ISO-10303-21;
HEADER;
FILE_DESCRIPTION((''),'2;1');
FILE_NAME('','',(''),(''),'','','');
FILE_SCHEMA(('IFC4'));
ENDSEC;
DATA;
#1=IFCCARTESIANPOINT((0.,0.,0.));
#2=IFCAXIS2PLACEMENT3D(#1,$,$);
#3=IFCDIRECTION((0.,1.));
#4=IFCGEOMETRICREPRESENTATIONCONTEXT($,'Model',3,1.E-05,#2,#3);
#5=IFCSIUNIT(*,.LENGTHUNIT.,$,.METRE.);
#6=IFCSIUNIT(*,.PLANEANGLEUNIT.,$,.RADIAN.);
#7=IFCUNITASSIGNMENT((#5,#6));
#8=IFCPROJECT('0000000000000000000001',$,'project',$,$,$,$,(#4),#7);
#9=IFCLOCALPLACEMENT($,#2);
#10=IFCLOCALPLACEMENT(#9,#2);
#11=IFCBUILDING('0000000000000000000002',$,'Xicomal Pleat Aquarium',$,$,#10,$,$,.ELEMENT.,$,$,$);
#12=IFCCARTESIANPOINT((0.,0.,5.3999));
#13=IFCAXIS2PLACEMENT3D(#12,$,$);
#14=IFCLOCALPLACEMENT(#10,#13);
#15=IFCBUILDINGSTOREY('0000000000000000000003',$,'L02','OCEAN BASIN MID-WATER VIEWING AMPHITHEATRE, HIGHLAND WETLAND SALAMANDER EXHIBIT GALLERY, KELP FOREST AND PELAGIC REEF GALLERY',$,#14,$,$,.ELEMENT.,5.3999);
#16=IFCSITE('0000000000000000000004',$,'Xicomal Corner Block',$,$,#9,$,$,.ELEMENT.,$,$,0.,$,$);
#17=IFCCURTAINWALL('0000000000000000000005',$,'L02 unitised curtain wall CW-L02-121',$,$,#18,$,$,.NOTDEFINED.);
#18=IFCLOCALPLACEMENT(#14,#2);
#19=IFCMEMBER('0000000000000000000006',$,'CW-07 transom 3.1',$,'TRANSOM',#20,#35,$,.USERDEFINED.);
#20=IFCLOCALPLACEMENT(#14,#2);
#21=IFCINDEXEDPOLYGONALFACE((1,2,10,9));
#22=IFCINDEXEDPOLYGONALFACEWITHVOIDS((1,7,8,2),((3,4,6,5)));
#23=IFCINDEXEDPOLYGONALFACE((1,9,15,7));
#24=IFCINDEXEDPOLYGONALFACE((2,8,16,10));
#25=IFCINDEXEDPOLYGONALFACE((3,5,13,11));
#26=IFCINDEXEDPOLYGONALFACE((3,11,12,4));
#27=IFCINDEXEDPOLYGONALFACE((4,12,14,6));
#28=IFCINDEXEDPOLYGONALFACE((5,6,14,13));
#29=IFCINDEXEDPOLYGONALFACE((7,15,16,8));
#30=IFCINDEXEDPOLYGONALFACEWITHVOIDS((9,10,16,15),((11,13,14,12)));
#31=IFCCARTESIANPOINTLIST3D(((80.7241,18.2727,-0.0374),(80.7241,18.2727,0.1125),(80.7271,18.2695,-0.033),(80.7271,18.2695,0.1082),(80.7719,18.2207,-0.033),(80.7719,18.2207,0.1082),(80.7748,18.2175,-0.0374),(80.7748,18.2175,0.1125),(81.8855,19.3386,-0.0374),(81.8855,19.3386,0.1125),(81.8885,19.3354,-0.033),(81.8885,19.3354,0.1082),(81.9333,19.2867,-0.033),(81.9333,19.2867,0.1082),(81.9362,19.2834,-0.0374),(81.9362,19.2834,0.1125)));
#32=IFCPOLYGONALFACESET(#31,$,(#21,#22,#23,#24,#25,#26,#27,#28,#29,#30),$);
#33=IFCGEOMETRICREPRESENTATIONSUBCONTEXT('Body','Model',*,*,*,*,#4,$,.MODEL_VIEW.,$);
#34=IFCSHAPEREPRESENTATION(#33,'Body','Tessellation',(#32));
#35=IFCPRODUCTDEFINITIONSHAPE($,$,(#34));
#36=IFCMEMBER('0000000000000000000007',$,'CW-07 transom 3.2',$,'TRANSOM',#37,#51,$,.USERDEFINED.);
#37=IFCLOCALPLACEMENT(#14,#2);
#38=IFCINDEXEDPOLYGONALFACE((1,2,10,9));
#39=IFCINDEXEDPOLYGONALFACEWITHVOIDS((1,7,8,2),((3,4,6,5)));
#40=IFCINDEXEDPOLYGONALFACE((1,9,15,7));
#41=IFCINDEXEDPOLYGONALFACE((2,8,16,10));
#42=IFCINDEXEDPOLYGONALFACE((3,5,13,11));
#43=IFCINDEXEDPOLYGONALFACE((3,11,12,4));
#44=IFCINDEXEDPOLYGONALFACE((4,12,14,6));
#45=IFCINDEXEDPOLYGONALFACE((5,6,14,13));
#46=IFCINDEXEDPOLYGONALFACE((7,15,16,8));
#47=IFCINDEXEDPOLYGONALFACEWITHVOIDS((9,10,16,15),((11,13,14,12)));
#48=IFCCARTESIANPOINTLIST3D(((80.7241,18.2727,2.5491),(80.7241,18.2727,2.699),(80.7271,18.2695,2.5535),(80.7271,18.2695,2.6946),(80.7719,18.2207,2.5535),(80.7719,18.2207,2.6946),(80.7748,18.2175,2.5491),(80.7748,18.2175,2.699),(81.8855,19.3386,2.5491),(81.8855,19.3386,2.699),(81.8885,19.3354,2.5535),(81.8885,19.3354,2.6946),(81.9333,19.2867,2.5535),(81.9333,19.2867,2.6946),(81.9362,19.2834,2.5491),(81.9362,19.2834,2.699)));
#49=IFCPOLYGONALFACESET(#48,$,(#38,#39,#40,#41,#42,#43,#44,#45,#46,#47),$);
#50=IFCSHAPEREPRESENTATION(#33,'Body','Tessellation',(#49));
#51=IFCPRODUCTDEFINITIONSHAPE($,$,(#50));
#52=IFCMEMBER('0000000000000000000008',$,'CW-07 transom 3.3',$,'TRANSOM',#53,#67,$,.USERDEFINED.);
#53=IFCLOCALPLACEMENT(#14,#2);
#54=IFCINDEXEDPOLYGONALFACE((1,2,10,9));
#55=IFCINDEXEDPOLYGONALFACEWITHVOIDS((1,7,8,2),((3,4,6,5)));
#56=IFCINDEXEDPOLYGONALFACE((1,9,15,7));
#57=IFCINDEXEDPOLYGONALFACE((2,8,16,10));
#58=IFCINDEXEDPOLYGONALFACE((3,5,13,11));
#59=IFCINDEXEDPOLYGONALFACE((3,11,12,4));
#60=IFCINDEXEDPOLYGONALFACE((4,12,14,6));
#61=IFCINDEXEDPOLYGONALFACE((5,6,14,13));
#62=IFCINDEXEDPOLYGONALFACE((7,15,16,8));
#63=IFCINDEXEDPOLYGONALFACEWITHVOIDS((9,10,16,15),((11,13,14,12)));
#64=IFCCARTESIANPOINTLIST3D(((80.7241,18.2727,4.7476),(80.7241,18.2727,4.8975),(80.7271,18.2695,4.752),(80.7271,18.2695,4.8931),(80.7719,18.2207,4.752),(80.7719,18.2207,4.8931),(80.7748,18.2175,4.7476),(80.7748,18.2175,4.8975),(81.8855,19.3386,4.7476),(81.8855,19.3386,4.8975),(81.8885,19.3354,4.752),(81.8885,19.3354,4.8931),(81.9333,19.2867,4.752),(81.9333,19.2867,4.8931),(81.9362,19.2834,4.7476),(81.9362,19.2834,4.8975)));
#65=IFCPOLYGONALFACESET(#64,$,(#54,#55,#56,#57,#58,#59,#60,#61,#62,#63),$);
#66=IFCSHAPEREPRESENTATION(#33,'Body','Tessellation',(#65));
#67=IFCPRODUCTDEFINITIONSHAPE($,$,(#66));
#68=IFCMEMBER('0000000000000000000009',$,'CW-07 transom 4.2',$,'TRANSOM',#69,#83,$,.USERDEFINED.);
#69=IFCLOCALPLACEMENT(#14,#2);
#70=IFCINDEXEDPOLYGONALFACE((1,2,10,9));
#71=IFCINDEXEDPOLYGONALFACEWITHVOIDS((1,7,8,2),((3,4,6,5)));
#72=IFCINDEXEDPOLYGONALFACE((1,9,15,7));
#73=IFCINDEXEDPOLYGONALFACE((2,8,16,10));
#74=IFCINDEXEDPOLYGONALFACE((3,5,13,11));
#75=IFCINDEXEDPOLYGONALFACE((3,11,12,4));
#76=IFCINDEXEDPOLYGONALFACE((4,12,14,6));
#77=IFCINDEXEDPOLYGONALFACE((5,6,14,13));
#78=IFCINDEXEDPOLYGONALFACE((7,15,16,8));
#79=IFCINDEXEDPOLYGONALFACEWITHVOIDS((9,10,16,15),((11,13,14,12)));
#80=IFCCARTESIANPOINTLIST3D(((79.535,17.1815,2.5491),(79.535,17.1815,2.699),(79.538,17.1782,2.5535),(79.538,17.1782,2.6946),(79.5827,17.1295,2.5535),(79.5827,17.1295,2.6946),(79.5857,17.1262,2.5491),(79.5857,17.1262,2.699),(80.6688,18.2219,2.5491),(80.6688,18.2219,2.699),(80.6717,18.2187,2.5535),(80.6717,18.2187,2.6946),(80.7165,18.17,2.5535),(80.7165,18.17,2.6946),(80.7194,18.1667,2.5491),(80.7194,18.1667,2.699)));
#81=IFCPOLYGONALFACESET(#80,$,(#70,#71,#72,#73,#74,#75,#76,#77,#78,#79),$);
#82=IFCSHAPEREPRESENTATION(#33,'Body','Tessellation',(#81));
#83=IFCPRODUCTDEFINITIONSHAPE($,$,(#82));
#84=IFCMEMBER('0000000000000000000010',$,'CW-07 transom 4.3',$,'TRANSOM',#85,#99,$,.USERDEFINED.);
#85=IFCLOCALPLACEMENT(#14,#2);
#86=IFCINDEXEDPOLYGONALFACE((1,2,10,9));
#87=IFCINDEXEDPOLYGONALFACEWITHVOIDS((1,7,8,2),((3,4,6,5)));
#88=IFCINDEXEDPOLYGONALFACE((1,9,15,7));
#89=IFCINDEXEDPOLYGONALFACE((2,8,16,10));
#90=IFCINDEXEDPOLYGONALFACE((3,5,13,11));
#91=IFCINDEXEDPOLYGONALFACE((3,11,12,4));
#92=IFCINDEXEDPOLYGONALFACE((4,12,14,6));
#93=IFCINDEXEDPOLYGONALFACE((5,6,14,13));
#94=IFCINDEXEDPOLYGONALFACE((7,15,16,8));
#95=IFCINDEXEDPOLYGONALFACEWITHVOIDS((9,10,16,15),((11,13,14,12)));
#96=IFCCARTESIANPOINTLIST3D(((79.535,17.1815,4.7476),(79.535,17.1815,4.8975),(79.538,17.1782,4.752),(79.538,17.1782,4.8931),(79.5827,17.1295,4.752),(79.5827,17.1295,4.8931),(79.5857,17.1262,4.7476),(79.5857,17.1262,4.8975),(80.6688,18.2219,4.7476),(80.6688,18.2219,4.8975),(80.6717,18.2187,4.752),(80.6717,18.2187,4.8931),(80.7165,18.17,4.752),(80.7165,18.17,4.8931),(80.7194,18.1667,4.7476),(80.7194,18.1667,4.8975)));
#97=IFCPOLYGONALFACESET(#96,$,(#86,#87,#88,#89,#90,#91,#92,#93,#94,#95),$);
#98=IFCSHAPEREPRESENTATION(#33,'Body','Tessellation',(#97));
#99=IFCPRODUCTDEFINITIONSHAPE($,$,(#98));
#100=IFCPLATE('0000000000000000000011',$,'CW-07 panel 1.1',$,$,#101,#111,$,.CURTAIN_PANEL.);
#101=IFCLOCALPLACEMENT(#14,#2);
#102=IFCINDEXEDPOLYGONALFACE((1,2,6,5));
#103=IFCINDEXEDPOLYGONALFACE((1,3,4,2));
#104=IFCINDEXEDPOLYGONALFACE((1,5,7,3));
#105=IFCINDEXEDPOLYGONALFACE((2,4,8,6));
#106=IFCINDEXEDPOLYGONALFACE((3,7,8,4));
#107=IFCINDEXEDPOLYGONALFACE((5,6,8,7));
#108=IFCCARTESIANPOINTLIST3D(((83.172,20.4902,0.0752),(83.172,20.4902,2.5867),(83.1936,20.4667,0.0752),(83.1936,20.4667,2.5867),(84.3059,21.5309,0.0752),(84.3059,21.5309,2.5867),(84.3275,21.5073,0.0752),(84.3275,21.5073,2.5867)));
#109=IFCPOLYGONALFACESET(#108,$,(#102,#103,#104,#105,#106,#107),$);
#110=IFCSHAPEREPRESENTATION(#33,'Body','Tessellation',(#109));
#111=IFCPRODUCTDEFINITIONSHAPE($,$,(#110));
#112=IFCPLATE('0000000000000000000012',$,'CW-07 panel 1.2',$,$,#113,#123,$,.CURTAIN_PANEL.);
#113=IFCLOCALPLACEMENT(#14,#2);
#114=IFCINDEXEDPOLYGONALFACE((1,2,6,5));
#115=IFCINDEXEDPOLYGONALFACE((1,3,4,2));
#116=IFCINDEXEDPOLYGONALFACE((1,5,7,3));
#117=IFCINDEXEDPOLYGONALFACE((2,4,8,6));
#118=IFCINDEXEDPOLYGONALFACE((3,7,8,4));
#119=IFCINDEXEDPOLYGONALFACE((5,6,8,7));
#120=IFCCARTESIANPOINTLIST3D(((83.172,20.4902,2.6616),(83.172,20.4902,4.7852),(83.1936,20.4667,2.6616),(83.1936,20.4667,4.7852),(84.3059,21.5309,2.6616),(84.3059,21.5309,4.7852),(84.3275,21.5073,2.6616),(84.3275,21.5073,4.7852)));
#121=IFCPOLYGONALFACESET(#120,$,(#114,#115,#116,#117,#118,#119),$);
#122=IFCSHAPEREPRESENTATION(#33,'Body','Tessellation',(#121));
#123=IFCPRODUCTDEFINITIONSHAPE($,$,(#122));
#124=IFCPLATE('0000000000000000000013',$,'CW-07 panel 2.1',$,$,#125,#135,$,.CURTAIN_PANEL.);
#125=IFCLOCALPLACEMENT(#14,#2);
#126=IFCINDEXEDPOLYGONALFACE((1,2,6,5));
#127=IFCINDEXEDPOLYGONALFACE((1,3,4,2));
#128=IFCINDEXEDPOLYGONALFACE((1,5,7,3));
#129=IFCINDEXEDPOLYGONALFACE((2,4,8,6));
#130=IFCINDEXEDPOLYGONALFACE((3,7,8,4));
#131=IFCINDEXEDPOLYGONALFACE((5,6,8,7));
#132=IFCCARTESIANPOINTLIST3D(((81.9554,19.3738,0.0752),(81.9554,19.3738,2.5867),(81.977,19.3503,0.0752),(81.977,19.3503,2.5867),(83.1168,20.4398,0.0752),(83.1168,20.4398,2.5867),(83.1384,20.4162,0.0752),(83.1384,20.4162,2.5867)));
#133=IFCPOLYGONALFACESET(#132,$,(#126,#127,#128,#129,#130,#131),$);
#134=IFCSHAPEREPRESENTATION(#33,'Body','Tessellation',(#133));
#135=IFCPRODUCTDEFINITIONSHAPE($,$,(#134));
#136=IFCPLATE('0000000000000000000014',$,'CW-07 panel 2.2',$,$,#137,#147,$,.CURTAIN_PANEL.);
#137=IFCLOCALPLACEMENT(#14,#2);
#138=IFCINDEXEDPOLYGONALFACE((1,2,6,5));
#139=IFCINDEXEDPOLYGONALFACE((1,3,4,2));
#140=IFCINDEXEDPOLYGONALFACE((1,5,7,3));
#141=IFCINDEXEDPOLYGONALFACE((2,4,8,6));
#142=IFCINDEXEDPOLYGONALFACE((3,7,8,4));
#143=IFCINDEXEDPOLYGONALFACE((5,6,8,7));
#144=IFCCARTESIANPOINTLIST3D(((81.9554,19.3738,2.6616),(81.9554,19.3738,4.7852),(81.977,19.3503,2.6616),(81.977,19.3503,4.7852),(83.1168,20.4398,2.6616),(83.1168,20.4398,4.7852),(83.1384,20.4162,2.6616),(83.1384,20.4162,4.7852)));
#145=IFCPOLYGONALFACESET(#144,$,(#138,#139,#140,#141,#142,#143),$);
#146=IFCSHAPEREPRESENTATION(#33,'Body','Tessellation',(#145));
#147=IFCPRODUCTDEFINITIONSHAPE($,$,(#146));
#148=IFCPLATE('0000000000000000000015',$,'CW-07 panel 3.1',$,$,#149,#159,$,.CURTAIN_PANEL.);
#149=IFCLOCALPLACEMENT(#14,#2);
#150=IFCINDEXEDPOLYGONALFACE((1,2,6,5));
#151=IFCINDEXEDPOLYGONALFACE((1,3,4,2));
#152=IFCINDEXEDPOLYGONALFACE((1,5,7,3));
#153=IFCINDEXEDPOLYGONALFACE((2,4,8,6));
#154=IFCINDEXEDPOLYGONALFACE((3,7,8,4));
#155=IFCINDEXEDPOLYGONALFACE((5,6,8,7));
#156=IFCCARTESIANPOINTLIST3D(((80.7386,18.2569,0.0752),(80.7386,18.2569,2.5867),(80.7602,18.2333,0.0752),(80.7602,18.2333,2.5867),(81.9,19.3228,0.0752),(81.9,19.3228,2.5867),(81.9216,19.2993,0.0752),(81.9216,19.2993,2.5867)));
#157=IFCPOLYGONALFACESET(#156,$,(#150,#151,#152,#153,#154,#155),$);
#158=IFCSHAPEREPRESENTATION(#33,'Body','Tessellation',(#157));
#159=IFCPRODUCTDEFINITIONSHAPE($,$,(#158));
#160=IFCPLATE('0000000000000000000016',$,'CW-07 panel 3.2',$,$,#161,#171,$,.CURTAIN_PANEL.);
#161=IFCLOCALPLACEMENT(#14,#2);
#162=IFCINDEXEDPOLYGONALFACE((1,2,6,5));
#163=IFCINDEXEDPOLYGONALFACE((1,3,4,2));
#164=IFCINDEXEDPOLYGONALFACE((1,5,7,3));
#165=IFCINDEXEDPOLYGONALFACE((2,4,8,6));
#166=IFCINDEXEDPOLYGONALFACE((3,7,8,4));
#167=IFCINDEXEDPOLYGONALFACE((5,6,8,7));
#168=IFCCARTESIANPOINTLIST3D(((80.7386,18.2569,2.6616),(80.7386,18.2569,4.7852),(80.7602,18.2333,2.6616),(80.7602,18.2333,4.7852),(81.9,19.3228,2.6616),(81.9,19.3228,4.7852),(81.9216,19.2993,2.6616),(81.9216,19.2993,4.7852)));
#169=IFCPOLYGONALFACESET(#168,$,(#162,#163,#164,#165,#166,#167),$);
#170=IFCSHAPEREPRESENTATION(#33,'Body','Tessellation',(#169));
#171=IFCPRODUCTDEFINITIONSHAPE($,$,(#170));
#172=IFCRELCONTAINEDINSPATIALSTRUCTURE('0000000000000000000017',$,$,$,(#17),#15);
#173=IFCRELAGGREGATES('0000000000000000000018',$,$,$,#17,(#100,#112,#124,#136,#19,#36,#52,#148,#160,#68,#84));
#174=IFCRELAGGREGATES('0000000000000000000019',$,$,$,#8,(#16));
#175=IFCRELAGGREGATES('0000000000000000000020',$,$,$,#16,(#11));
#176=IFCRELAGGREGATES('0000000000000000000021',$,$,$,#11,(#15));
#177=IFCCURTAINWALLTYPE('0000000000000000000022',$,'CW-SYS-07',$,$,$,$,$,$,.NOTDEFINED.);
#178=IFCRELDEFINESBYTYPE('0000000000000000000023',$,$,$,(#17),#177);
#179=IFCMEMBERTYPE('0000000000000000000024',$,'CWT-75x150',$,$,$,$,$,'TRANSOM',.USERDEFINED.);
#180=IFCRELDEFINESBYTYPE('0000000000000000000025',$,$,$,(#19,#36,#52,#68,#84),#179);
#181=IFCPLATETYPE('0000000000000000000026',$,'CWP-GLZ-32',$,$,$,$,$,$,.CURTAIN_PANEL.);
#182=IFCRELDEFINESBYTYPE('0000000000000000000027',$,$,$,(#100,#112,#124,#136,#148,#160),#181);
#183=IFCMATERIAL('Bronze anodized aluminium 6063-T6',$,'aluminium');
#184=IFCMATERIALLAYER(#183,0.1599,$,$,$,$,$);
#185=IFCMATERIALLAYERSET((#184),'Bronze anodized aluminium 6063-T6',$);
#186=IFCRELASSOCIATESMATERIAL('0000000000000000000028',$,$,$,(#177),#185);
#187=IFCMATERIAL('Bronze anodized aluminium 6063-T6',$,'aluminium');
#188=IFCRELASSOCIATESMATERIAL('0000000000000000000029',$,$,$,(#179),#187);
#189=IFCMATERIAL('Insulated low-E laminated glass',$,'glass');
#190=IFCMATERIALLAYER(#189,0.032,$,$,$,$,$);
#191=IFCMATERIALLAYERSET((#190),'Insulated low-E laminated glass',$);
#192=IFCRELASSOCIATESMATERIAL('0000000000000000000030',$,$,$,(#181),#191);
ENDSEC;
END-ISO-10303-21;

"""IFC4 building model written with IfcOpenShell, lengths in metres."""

from ifc_helpers import new_model, si_unit, direction, frame, origin, origin_2d, place, context, subcontext, project, spatial, rectangle, hollow_rectangle, extrude, material, layer, layer_set, material_profile, profile_set, type_object, element, aggregate, save


model = new_model("IFC4")

# Units and contexts
model_context = context("Model", 3, precision=1e-05, world=origin(), true_north=direction((0.0, 1.0)))
body_context = subcontext(model_context, "Body", "Model", "MODEL_VIEW")
ifc_project = project(units=[si_unit("LENGTHUNIT", "METRE"), si_unit("PLANEANGLEUNIT", "RADIAN")], contexts=[model_context])

# Site, building, storey
site_placement = place(None, origin())
site = spatial("IfcSite", under=ifc_project, at=site_placement, Name="Xicomal Corner Block", CompositionType="ELEMENT", RefElevation=0.0)
building_placement = place(site_placement, origin())
building = spatial("IfcBuilding", under=site, at=building_placement, Name="Xicomal Pleat Aquarium", CompositionType="ELEMENT")
storey_placement = place(building_placement, frame((0.0, 0.0, 5.3999)))
storey = spatial("IfcBuildingStorey", under=building, at=storey_placement, Name="L02", Description="OCEAN BASIN MID-WATER VIEWING AMPHITHEATRE, HIGHLAND WETLAND SALAMANDER EXHIBIT GALLERY, KELP FOREST AND PELAGIC REEF GALLERY", CompositionType="ELEMENT", Elevation=5.3999)

# Curtain wall, members, plates
ifc_material_1 = material(Name="Bronze anodized aluminium 6063-T6", Category="aluminium")
ifc_layer_1 = layer(ifc_material_1, 0.1599)
ifc_layer_set_1 = layer_set([ifc_layer_1], Name="Bronze anodized aluminium 6063-T6")
curtain_wall_type_1 = type_object("IfcCurtainWallType", Name="CW-SYS-07", PredefinedType="NOTDEFINED", material=ifc_layer_set_1)
curtain_wall_1_placement = place(storey_placement, origin())
curtain_wall_1 = element("IfcCurtainWall", 1, at=curtain_wall_1_placement, inside=storey, type_object=curtain_wall_type_1, Name="L02 unitised curtain wall CW-L02-121", PredefinedType="NOTDEFINED")
ifc_material_2 = material(Name="Bronze anodized aluminium 6063-T6", Category="aluminium")
ifc_material_profile_1 = material_profile(ifc_material_2, hollow_rectangle(XDim=0.075, YDim=0.1499, WallThickness=0.0044, at=origin_2d()), Name="ALU TRAN 75x150")
ifc_profile_set_1 = profile_set([ifc_material_profile_1], Name="Bronze anodized aluminium 6063-T6")
member_type_1 = type_object("IfcMemberType", Name="CWT-75x150", ElementType="TRANSOM", PredefinedType="USERDEFINED", material=ifc_profile_set_1)
member_1_placement = place(storey_placement, frame((81.9109, 19.311, 0.0376), z_axis=(-0.736736, -0.67618, 0.0), x_axis=(0.67618, -0.736736, 0.0)))
member_1 = element("IfcMember", 2, at=member_1_placement, type_object=member_type_1, Name="CW-07 transom 3.1", ObjectType="TRANSOM", PredefinedType="USERDEFINED", context=body_context, shape_type="SweptSolid", body=[
    extrude(hollow_rectangle(XDim=0.075, YDim=0.1499, WallThickness=0.0044, at=origin_2d()), origin(), (0.0, 0.0, 1.0), 1.5764),
])
member_2_placement = place(storey_placement, frame((81.9109, 19.311, 2.624), z_axis=(-0.736736, -0.67618, 0.0), x_axis=(0.67618, -0.736736, 0.0)))
member_2 = element("IfcMember", 3, at=member_2_placement, type_object=member_type_1, Name="CW-07 transom 3.2", ObjectType="TRANSOM", PredefinedType="USERDEFINED", context=body_context, shape_type="SweptSolid", body=[
    extrude(hollow_rectangle(XDim=0.075, YDim=0.1499, WallThickness=0.0044, at=origin_2d()), origin(), (0.0, 0.0, 1.0), 1.5764),
])
member_3_placement = place(storey_placement, frame((81.9109, 19.311, 4.8225), z_axis=(-0.736736, -0.67618, 0.0), x_axis=(0.67618, -0.736736, 0.0)))
member_3 = element("IfcMember", 4, at=member_3_placement, type_object=member_type_1, Name="CW-07 transom 3.3", ObjectType="TRANSOM", PredefinedType="USERDEFINED", context=body_context, shape_type="SweptSolid", body=[
    extrude(hollow_rectangle(XDim=0.075, YDim=0.1499, WallThickness=0.0044, at=origin_2d()), origin(), (0.0, 0.0, 1.0), 1.5764),
])
member_4_placement = place(storey_placement, frame((80.6941, 18.1943, 2.624), z_axis=(-0.736759, -0.676156, 0.0), x_axis=(0.676156, -0.736759, 0.0)))
member_4 = element("IfcMember", 5, at=member_4_placement, type_object=member_type_1, Name="CW-07 transom 4.2", ObjectType="TRANSOM", PredefinedType="USERDEFINED", context=body_context, shape_type="SweptSolid", body=[
    extrude(hollow_rectangle(XDim=0.075, YDim=0.1499, WallThickness=0.0044, at=origin_2d()), origin(), (0.0, 0.0, 1.0), 1.5388),
])
member_5_placement = place(storey_placement, frame((80.6941, 18.1943, 4.8225), z_axis=(-0.736759, -0.676156, 0.0), x_axis=(0.676156, -0.736759, 0.0)))
member_5 = element("IfcMember", 6, at=member_5_placement, type_object=member_type_1, Name="CW-07 transom 4.3", ObjectType="TRANSOM", PredefinedType="USERDEFINED", context=body_context, shape_type="SweptSolid", body=[
    extrude(hollow_rectangle(XDim=0.075, YDim=0.1499, WallThickness=0.0044, at=origin_2d()), origin(), (0.0, 0.0, 1.0), 1.5388),
])
ifc_material_3 = material(Name="Insulated low-E laminated glass", Category="glass")
ifc_layer_2 = layer(ifc_material_3, 0.032)
ifc_layer_set_2 = layer_set([ifc_layer_2], Name="Insulated low-E laminated glass")
plate_type = type_object("IfcPlateType", Name="CWP-GLZ-32", PredefinedType="CURTAIN_PANEL", material=ifc_layer_set_2)
plate_1_placement = place(storey_placement, frame((83.7498, 20.9988, 0.0752), z_axis=(0.0, 0.0, 1.0), x_axis=(-0.736733, -0.676184, 0.0)))
plate_1 = element("IfcPlate", 7, at=plate_1_placement, type_object=plate_type, Name="CW-07 panel 1.1", PredefinedType="CURTAIN_PANEL", context=body_context, shape_type="SweptSolid", body=[
    extrude(rectangle(XDim=1.5391, YDim=0.032, at=origin_2d()), origin(), (0.0, 0.0, 1.0), 2.5115),
])
plate_2_placement = place(storey_placement, frame((83.7498, 20.9988, 2.6616), z_axis=(0.0, 0.0, 1.0), x_axis=(-0.736733, -0.676184, 0.0)))
plate_2 = element("IfcPlate", 8, at=plate_2_placement, type_object=plate_type, Name="CW-07 panel 1.2", PredefinedType="CURTAIN_PANEL", context=body_context, shape_type="SweptSolid", body=[
    extrude(rectangle(XDim=1.5391, YDim=0.032, at=origin_2d()), origin(), (0.0, 0.0, 1.0), 2.1235),
])
plate_3_placement = place(storey_placement, frame((82.5469, 19.895, 0.0752), z_axis=(0.0, 0.0, 1.0), x_axis=(-0.736733, -0.676184, 0.0)))
plate_3 = element("IfcPlate", 9, at=plate_3_placement, type_object=plate_type, Name="CW-07 panel 2.1", PredefinedType="CURTAIN_PANEL", context=body_context, shape_type="SweptSolid", body=[
    extrude(rectangle(XDim=1.5764, YDim=0.032, at=origin_2d()), origin(), (0.0, 0.0, 1.0), 2.5115),
])
plate_4_placement = place(storey_placement, frame((82.5469, 19.895, 2.6616), z_axis=(0.0, 0.0, 1.0), x_axis=(-0.736733, -0.676184, 0.0)))
plate_4 = element("IfcPlate", 10, at=plate_4_placement, type_object=plate_type, Name="CW-07 panel 2.2", PredefinedType="CURTAIN_PANEL", context=body_context, shape_type="SweptSolid", body=[
    extrude(rectangle(XDim=1.5764, YDim=0.032, at=origin_2d()), origin(), (0.0, 0.0, 1.0), 2.1235),
])
plate_5_placement = place(storey_placement, frame((81.3301, 18.7781, 0.0752), z_axis=(0.0, 0.0, 1.0), x_axis=(-0.736733, -0.676184, 0.0)))
plate_5 = element("IfcPlate", 11, at=plate_5_placement, type_object=plate_type, Name="CW-07 panel 3.1", PredefinedType="CURTAIN_PANEL", context=body_context, shape_type="SweptSolid", body=[
    extrude(rectangle(XDim=1.5764, YDim=0.032, at=origin_2d()), origin(), (0.0, 0.0, 1.0), 2.5115),
])
plate_6_placement = place(storey_placement, frame((81.3301, 18.7781, 2.6616), z_axis=(0.0, 0.0, 1.0), x_axis=(-0.736733, -0.676184, 0.0)))
plate_6 = element("IfcPlate", 12, at=plate_6_placement, type_object=plate_type, Name="CW-07 panel 3.2", PredefinedType="CURTAIN_PANEL", context=body_context, shape_type="SweptSolid", body=[
    extrude(rectangle(XDim=1.5764, YDim=0.032, at=origin_2d()), origin(), (0.0, 0.0, 1.0), 2.1235),
])
aggregate(curtain_wall_1, [plate_1, plate_2, plate_3, plate_4, member_1, member_2, member_3, plate_5, plate_6, member_4, member_5])

save(model, "model.ifc")
